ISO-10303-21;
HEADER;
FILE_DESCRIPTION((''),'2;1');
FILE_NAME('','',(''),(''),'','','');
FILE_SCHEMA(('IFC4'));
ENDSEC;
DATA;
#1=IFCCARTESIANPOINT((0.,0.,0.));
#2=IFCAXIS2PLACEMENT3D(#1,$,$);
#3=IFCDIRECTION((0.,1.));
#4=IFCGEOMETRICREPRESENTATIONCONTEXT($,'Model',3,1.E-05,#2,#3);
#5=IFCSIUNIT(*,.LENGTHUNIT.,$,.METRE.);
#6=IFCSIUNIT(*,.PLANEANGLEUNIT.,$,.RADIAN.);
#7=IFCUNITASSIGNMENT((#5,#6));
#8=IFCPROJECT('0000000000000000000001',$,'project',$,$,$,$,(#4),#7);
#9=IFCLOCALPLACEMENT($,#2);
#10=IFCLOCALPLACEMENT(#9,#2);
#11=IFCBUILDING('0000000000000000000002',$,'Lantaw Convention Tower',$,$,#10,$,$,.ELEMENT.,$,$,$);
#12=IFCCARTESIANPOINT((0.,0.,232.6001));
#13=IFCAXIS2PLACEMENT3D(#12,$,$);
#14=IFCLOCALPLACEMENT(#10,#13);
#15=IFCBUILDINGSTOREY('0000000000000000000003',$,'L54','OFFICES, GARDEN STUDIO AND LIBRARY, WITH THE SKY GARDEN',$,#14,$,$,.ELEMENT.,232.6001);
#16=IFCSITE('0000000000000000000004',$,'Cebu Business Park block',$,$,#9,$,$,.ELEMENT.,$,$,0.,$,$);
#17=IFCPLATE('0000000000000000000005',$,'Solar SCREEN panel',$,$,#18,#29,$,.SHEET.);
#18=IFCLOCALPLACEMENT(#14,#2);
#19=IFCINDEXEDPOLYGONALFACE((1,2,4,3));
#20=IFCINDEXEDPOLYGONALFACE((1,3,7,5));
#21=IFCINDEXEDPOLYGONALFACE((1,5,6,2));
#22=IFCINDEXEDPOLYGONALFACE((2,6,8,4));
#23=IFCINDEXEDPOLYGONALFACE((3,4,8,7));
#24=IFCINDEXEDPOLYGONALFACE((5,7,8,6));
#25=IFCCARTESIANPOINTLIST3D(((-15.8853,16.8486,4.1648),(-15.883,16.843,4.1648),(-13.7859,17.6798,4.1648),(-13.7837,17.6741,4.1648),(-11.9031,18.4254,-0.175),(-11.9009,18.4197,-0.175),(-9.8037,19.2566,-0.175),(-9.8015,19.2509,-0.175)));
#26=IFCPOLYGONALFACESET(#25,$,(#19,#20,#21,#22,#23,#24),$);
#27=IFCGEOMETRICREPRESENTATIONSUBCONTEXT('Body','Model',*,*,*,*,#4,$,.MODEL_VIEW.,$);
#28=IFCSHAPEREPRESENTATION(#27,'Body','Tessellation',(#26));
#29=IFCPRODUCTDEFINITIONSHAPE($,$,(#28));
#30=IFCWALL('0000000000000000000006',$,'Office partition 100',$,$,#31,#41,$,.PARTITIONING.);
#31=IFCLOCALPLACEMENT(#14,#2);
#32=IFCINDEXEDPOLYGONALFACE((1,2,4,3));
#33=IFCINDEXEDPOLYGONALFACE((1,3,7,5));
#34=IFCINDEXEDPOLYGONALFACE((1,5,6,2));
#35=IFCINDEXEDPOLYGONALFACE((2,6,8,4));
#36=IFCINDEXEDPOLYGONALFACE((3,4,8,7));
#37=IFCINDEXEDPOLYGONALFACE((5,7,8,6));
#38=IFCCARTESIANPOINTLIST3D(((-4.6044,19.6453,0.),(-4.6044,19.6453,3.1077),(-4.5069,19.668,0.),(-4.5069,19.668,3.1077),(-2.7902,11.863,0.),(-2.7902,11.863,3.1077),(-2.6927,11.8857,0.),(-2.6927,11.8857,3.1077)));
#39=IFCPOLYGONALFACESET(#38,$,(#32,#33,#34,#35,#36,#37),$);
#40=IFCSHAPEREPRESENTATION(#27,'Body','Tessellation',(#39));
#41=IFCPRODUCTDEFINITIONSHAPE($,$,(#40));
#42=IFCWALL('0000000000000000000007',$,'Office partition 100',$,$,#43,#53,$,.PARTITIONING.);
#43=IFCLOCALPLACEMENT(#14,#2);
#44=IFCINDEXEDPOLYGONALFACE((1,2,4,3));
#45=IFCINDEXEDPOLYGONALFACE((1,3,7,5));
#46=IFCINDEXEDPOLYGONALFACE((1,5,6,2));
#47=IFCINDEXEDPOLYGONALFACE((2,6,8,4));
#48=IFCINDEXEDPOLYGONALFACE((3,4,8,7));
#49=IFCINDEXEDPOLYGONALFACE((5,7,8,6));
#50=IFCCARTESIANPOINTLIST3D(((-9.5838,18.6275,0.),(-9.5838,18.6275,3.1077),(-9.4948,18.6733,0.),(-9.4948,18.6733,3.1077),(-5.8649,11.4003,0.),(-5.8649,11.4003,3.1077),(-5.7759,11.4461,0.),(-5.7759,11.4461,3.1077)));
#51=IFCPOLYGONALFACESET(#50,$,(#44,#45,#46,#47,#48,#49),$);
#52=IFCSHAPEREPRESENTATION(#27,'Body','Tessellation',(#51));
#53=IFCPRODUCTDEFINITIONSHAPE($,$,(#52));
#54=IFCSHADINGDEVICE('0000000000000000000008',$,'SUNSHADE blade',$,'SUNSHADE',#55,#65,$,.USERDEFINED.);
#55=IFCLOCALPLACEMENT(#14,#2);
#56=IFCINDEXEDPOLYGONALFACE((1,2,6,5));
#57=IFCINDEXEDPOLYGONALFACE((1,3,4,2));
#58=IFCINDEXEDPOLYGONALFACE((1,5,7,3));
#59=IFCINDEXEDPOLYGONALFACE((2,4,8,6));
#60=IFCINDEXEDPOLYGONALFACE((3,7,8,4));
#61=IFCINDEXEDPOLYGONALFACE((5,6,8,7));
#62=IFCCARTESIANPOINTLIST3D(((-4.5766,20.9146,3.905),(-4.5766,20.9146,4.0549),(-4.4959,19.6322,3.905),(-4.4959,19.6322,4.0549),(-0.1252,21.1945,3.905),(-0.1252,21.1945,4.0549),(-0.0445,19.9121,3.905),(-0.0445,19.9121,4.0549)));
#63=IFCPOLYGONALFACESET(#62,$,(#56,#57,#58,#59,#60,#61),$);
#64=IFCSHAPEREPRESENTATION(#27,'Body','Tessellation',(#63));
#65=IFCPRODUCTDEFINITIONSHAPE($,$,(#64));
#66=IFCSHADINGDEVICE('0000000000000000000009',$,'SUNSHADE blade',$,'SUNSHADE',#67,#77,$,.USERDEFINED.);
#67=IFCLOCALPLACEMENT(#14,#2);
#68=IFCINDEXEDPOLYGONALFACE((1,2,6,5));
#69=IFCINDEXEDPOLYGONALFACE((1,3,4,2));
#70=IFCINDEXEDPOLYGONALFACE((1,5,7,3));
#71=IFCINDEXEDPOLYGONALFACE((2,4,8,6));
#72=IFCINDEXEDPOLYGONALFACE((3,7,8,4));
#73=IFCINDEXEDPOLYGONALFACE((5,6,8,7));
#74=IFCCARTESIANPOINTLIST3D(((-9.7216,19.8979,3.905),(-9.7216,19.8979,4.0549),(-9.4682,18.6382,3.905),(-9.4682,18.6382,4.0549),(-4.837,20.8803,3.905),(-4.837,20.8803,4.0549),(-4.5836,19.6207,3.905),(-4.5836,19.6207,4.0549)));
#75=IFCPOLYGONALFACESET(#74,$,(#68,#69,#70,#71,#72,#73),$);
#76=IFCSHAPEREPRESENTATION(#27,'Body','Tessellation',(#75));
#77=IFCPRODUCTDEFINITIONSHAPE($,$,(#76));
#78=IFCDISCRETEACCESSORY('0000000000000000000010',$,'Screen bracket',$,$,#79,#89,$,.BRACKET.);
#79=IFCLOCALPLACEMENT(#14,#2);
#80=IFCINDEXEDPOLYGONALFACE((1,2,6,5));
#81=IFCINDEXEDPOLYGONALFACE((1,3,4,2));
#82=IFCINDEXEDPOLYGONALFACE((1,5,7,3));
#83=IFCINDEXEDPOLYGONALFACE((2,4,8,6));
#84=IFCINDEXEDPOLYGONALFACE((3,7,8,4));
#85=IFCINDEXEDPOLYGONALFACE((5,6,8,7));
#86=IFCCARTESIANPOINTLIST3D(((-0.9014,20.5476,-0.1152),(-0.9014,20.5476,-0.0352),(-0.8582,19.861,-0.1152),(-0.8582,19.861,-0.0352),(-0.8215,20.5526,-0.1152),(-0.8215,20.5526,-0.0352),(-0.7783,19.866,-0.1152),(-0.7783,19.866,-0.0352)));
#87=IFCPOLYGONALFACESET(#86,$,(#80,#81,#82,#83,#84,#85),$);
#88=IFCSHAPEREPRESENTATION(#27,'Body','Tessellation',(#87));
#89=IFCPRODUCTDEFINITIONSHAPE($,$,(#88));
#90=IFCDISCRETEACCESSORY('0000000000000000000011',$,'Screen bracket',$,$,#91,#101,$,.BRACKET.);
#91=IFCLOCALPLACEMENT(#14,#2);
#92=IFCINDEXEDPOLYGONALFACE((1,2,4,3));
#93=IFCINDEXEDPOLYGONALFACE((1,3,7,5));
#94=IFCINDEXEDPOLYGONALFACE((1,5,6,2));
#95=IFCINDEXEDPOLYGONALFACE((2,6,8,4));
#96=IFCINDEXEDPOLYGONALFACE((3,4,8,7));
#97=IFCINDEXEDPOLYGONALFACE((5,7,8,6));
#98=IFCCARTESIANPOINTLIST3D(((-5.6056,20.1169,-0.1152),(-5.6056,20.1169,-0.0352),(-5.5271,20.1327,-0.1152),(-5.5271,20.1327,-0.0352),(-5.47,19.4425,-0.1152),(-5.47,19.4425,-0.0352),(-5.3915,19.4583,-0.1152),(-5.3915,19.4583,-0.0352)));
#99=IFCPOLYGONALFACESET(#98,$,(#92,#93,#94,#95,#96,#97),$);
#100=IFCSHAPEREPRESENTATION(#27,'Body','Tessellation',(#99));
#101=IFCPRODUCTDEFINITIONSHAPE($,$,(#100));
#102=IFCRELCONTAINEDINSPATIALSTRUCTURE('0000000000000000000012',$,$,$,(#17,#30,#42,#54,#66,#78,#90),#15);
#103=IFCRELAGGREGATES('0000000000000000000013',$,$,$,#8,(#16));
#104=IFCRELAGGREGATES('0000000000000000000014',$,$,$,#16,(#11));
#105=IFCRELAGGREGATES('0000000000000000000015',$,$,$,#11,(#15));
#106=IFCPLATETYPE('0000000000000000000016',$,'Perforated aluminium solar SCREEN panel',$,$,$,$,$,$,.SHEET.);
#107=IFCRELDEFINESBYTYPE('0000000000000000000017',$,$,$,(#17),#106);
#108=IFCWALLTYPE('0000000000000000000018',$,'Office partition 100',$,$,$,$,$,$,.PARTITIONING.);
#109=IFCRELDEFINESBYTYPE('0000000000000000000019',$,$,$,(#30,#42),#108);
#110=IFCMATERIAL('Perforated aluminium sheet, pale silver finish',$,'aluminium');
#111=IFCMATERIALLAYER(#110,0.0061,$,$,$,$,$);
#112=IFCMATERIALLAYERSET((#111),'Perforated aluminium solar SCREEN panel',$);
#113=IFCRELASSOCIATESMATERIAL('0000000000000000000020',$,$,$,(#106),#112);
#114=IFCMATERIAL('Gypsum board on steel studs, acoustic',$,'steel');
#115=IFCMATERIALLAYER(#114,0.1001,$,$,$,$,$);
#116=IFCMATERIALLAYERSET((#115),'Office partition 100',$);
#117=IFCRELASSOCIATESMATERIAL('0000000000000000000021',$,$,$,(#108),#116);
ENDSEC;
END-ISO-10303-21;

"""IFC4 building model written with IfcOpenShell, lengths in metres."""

from ifc_helpers import new_model, si_unit, direction, frame, frame_2d, origin, origin_2d, place, context, subcontext, project, spatial, polyline, rectangle, outline, extrude, material, layer, layer_set, type_object, element, save


model = new_model("IFC4")

# Units and contexts
model_context = context("Model", 3, precision=1e-05, world=origin(), true_north=direction((0.0, 1.0)))
body_context = subcontext(model_context, "Body", "Model", "MODEL_VIEW")
ifc_project = project(units=[si_unit("LENGTHUNIT", "METRE"), si_unit("PLANEANGLEUNIT", "RADIAN")], contexts=[model_context])

# Site, building, storey
site_placement = place(None, origin())
site = spatial("IfcSite", under=ifc_project, at=site_placement, Name="Cebu Business Park block", CompositionType="ELEMENT", RefElevation=0.0)
building_placement = place(site_placement, origin())
building = spatial("IfcBuilding", under=site, at=building_placement, Name="Lantaw Convention Tower", CompositionType="ELEMENT")
storey_placement = place(building_placement, frame((0.0, 0.0, 232.6001)))
storey = spatial("IfcBuildingStorey", under=building, at=storey_placement, Name="L54", Description="OFFICES, GARDEN STUDIO AND LIBRARY, WITH THE SKY GARDEN", CompositionType="ELEMENT", Elevation=232.6001)

# Plate
ifc_material_1 = material(Name="Perforated aluminium sheet, pale silver finish", Category="aluminium")
ifc_layer_1 = layer(ifc_material_1, 0.0061)
ifc_layer_set_1 = layer_set([ifc_layer_1], Name="Perforated aluminium solar SCREEN panel")
plate_type_1 = type_object("IfcPlateType", Name="Perforated aluminium solar SCREEN panel", PredefinedType="SHEET", material=ifc_layer_set_1)
plate_1_placement = place(storey_placement, frame((-9.8037, 19.2566, -0.175), z_axis=(-0.368117, 0.92978, 0.000036), x_axis=(-0.92978, -0.368117, 0.0)))
element("IfcPlate", 1, at=plate_1_placement, inside=storey, type_object=plate_type_1, Name="Solar SCREEN panel", PredefinedType="SHEET", context=body_context, shape_type="SweptSolid", body=[
    extrude(outline(polyline([(0.0, 0.0), (2.258, 0.0), (6.5409, 4.3398), (4.283, 4.3398), (0.0, 0.0)])), origin(), (0.0, 0.0, -1.0), 0.0061),
])

# Walls
ifc_material_2 = material(Name="Gypsum board on steel studs, acoustic", Category="steel")
ifc_layer_2 = layer(ifc_material_2, 0.1001)
ifc_layer_set_2 = layer_set([ifc_layer_2], Name="Office partition 100")
wall_type = type_object("IfcWallType", Name="Office partition 100", PredefinedType="PARTITIONING", material=ifc_layer_set_2)
wall_1_placement = place(storey_placement, frame((-4.5557, 19.6567, 0.0), z_axis=(0.0, 0.0, 1.0), x_axis=(0.227035, -0.973887, 0.0)))
element("IfcWall", 2, at=wall_1_placement, inside=storey, type_object=wall_type, Name="Office partition 100", PredefinedType="PARTITIONING", context=body_context, shape_type="SweptSolid", body=[
    extrude(rectangle(XDim=7.991, YDim=0.1001, at=frame_2d((3.9956, 0.0))), origin(), (0.0, 0.0, 1.0), 3.1077),
])
wall_2_placement = place(storey_placement, frame((-9.5393, 18.6504, 0.0), z_axis=(0.0, 0.0, 1.0), x_axis=(0.457552, -0.889183, 0.0)))
element("IfcWall", 3, at=wall_2_placement, inside=storey, type_object=wall_type, Name="Office partition 100", PredefinedType="PARTITIONING", context=body_context, shape_type="SweptSolid", body=[
    extrude(rectangle(XDim=8.1279, YDim=0.1001, at=frame_2d((4.064, 0.0))), origin(), (0.0, 0.0, 1.0), 3.1077),
])

# Shading devices
shading_device_1_placement = place(storey_placement, frame((-2.3105, 20.4133, 3.905), z_axis=(0.0, 0.0, 1.0), x_axis=(-0.998029, -0.062758, 0.0)))
element("IfcShadingDevice", 4, at=shading_device_1_placement, inside=storey, Name="SUNSHADE blade", ObjectType="SUNSHADE", PredefinedType="USERDEFINED", context=body_context, shape_type="SweptSolid", body=[
    extrude(rectangle(XDim=4.4602, YDim=1.2849, at=origin_2d()), origin(), (0.0, 0.0, 1.0), 0.1499),
])
shading_device_2_placement = place(storey_placement, frame((-7.1526, 19.7593, 3.905), z_axis=(0.0, 0.0, 1.0), x_axis=(-0.980367, -0.197183, 0.0)))
element("IfcShadingDevice", 5, at=shading_device_2_placement, inside=storey, Name="SUNSHADE blade", ObjectType="SUNSHADE", PredefinedType="USERDEFINED", context=body_context, shape_type="SweptSolid", body=[
    extrude(rectangle(XDim=4.9824, YDim=1.2849, at=origin_2d()), origin(), (0.0, 0.0, 1.0), 0.1499),
])

# Discrete accessories
for number, where, z_axis, x_axis, name in (
    (6, (-0.8398, 20.2068, -0.1152), (0.0, 0.0, 1.0), (-0.998029, -0.062758, 0.0), "Screen bracket"),
    (7, (-5.4985, 19.7876, -0.1152), (0.0, 0.0, 1.0), (-0.980367, -0.197183, 0.0), "Screen bracket"),
):
    element("IfcDiscreteAccessory", number, at=place(storey_placement, frame(where, z_axis=z_axis, x_axis=x_axis)), inside=storey, Name=name, PredefinedType="BRACKET", context=body_context, shape_type="SweptSolid", body=[
        extrude(rectangle(XDim=0.0801, YDim=0.688, at=origin_2d()), origin(), (0.0, 0.0, 1.0), 0.0801),
    ])

save(model, "model.ifc")
